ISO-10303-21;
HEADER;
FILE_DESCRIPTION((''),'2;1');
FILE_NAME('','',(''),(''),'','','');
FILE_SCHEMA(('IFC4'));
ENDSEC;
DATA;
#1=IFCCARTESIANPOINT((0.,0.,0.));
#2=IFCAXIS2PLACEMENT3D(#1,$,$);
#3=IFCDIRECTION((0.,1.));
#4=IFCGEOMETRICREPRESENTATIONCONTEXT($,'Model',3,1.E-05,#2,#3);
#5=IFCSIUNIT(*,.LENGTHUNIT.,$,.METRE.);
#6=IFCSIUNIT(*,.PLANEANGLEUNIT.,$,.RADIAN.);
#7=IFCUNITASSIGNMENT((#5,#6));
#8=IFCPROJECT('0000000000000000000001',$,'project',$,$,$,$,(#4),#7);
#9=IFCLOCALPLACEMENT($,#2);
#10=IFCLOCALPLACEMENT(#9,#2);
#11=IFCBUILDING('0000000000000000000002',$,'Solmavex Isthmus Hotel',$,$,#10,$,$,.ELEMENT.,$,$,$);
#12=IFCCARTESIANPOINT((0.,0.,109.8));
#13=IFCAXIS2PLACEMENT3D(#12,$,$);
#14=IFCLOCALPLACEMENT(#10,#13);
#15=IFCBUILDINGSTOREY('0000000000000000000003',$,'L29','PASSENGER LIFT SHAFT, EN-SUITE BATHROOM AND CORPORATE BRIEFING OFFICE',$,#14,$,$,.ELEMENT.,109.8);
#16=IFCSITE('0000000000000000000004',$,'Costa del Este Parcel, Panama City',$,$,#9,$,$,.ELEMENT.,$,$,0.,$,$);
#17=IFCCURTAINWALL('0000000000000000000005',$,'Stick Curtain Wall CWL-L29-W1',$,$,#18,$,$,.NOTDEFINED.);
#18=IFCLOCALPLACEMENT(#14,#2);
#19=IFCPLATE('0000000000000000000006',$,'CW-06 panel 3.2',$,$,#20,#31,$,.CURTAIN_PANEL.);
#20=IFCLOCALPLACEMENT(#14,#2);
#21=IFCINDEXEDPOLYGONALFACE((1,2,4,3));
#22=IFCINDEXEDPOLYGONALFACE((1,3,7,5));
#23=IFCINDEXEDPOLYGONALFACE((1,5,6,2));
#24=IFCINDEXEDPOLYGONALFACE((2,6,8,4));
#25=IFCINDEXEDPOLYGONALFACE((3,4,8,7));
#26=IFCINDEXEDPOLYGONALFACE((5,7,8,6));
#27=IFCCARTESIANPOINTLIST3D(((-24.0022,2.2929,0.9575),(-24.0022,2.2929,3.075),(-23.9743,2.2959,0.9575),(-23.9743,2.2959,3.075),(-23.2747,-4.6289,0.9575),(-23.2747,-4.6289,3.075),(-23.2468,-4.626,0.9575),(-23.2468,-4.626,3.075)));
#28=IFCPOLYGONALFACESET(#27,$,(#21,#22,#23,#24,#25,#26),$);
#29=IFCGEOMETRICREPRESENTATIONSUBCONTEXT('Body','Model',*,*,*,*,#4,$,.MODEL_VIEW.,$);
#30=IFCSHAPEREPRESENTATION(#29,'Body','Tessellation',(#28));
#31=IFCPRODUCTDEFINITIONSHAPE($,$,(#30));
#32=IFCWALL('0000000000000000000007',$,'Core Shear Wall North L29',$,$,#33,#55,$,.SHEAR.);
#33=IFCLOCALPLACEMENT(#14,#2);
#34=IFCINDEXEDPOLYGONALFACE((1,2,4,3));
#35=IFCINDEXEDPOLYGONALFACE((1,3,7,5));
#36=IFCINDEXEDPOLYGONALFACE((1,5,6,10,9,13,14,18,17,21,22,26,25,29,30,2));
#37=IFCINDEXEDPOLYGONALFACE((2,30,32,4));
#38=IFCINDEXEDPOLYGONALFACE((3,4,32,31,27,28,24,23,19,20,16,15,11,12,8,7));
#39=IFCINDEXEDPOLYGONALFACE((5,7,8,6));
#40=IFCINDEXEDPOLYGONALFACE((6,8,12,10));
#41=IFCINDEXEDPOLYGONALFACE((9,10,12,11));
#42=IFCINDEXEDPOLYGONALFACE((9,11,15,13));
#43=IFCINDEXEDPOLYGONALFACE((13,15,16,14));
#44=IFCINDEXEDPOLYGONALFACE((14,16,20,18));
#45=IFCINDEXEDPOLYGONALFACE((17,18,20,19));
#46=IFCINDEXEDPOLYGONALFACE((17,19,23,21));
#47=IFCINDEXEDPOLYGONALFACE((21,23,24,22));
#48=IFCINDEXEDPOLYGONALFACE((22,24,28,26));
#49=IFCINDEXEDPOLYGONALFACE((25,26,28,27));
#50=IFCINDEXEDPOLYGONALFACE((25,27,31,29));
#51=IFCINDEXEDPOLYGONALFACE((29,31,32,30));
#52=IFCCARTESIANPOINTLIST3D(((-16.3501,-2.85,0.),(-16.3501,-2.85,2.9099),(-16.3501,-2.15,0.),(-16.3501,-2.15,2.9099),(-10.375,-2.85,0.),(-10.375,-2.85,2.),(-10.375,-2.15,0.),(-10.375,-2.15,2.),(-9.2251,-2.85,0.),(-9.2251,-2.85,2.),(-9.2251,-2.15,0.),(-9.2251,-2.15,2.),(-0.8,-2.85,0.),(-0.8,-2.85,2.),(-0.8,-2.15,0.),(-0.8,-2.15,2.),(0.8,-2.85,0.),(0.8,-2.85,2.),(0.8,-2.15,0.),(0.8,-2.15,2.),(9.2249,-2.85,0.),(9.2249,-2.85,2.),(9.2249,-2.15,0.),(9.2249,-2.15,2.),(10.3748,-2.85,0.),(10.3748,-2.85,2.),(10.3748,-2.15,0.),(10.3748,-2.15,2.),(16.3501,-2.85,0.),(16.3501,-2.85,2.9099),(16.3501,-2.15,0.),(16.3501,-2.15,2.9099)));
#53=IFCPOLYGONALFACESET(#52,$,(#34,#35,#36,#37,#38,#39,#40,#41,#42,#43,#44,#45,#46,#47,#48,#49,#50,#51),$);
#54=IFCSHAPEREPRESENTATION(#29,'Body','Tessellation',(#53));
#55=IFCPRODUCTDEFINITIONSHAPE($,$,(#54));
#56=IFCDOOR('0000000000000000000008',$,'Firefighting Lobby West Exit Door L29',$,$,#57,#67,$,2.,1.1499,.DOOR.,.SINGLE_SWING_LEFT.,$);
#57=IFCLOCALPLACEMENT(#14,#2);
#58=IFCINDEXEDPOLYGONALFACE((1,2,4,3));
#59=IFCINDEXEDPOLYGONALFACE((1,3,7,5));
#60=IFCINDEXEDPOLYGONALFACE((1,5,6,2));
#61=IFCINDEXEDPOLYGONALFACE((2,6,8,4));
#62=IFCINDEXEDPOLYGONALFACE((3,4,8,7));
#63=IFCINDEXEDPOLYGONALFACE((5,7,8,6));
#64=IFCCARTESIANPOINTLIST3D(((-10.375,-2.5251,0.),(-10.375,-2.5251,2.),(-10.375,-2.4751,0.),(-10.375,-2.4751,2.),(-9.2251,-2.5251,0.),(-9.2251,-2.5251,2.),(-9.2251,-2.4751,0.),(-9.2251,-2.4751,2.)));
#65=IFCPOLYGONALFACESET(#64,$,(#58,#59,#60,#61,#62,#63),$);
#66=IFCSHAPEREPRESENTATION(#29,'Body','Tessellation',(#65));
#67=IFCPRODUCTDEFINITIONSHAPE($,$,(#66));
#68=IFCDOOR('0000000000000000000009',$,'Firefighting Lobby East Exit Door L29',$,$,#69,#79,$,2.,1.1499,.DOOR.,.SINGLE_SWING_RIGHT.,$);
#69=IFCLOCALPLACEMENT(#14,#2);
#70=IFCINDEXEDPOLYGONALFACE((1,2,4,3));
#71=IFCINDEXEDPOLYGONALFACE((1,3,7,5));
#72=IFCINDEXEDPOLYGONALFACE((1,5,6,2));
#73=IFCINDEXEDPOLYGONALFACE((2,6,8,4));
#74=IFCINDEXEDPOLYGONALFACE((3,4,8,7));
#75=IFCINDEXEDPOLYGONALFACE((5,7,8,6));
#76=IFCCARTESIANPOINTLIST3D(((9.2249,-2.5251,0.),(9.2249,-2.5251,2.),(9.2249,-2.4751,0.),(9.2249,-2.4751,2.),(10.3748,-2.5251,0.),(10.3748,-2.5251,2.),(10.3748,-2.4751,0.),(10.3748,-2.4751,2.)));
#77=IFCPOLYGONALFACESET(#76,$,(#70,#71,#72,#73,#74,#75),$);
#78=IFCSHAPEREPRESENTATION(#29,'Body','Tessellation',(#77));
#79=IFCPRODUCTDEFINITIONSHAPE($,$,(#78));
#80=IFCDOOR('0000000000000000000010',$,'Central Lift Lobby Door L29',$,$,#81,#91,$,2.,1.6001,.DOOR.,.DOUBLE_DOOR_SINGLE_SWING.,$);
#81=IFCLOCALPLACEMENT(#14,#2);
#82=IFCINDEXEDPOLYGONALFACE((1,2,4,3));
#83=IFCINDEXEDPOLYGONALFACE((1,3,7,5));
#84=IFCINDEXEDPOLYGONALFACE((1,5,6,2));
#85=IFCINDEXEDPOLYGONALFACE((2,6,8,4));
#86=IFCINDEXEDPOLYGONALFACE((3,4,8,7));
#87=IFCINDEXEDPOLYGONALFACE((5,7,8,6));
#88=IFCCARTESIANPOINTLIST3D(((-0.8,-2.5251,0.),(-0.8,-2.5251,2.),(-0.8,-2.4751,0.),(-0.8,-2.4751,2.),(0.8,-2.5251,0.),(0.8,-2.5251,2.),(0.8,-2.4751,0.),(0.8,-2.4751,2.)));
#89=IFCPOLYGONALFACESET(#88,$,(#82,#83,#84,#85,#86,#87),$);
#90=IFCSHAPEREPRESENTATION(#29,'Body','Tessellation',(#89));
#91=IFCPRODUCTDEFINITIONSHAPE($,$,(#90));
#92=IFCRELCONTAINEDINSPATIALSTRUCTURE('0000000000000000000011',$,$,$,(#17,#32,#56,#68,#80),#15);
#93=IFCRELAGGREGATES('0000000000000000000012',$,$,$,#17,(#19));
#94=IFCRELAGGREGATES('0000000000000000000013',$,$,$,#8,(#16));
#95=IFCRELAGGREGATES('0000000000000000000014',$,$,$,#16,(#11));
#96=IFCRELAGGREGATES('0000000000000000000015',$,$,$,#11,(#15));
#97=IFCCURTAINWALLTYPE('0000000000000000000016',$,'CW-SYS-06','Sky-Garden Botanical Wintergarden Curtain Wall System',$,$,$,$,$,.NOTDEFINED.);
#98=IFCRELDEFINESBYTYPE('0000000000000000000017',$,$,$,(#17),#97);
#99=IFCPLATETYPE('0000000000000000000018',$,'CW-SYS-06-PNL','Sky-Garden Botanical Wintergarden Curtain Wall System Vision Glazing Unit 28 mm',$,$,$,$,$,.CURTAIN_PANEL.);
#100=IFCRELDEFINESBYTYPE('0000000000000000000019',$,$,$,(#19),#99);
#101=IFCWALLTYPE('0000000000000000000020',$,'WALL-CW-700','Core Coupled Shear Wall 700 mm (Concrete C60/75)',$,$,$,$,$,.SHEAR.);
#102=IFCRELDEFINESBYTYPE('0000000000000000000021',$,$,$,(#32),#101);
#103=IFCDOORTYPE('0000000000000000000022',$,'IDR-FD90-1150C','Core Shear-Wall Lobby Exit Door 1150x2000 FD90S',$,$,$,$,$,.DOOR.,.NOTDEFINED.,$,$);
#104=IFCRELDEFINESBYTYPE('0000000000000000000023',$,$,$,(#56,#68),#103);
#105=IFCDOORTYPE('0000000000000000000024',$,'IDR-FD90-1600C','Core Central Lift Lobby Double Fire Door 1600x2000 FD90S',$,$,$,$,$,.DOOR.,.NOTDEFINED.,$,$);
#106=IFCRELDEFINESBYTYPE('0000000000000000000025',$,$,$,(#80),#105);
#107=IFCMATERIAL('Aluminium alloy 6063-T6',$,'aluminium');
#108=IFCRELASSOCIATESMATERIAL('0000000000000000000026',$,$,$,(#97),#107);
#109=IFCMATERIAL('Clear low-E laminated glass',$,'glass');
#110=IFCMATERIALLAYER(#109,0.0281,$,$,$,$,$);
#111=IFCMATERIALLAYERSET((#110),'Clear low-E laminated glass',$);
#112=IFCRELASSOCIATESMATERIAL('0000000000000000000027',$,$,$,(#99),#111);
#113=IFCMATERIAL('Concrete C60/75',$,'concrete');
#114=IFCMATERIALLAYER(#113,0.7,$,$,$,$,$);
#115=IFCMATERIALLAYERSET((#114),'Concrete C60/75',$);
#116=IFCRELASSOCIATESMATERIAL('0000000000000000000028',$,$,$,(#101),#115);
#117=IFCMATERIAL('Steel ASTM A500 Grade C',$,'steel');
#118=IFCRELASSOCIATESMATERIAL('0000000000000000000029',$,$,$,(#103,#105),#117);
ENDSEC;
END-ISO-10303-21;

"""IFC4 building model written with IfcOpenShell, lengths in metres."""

from ifc_helpers import new_model, si_unit, direction, frame, frame_2d, origin, origin_2d, place, context, subcontext, project, spatial, rectangle, extrude, material, layer, layer_set, type_object, element, fill, aggregate, save


model = new_model("IFC4")

# Units and contexts
model_context = context("Model", 3, precision=1e-05, world=origin(), true_north=direction((0.0, 1.0)))
body_context = subcontext(model_context, "Body", "Model", "MODEL_VIEW")
ifc_project = project(units=[si_unit("LENGTHUNIT", "METRE"), si_unit("PLANEANGLEUNIT", "RADIAN")], contexts=[model_context])

# Site, building, storey
site_placement = place(None, origin())
site = spatial("IfcSite", under=ifc_project, at=site_placement, Name="Costa del Este Parcel, Panama City", CompositionType="ELEMENT", RefElevation=0.0)
building_placement = place(site_placement, origin())
building = spatial("IfcBuilding", under=site, at=building_placement, Name="Solmavex Isthmus Hotel", CompositionType="ELEMENT")
storey_placement = place(building_placement, frame((0.0, 0.0, 109.8)))
storey = spatial("IfcBuildingStorey", under=building, at=storey_placement, Name="L29", Description="PASSENGER LIFT SHAFT, EN-SUITE BATHROOM AND CORPORATE BRIEFING OFFICE", CompositionType="ELEMENT", Elevation=109.8)

# Shared definitions
ifc_material_1 = material(Name="Concrete C60/75", Category="concrete")

# Curtain wall, plate
ifc_material_2 = material(Name="Aluminium alloy 6063-T6", Category="aluminium")
curtain_wall_type = type_object("IfcCurtainWallType", Name="CW-SYS-06", Description="Sky-Garden Botanical Wintergarden Curtain Wall System", PredefinedType="NOTDEFINED", material=ifc_material_2)
curtain_wall_placement = place(storey_placement, origin())
curtain_wall = element("IfcCurtainWall", 1, at=curtain_wall_placement, inside=storey, type_object=curtain_wall_type, Name="Stick Curtain Wall CWL-L29-W1", PredefinedType="NOTDEFINED")
ifc_material_3 = material(Name="Clear low-E laminated glass", Category="glass")
ifc_layer_1 = layer(ifc_material_3, 0.0281)
ifc_layer_set_1 = layer_set([ifc_layer_1], Name="Clear low-E laminated glass")
plate_type = type_object("IfcPlateType", Name="CW-SYS-06-PNL", Description="Sky-Garden Botanical Wintergarden Curtain Wall System Vision Glazing Unit 28 mm", PredefinedType="CURTAIN_PANEL", material=ifc_layer_set_1)
plate_1_placement = place(storey_placement, frame((-23.6245, -1.1665, 0.9575), z_axis=(0.0, 0.0, 1.0), x_axis=(-0.104528, 0.994522, 0.0)))
plate_1 = element("IfcPlate", 2, at=plate_1_placement, type_object=plate_type, Name="CW-06 panel 3.2", PredefinedType="CURTAIN_PANEL", context=body_context, shape_type="SweptSolid", body=[
    extrude(rectangle(XDim=6.96, YDim=0.0281, at=origin_2d()), origin(), (0.0, 0.0, 1.0), 2.1174),
])
aggregate(curtain_wall, [plate_1])

# Wall, openings, doors
ifc_layer_2 = layer(ifc_material_1, 0.7)
ifc_layer_set_2 = layer_set([ifc_layer_2], Name="Concrete C60/75")
wall_type_1 = type_object("IfcWallType", Name="WALL-CW-700", Description="Core Coupled Shear Wall 700 mm (Concrete C60/75)", PredefinedType="SHEAR", material=ifc_layer_set_2)
wall_1_placement = place(storey_placement, frame((-16.3501, -2.5, 0.0), z_axis=(0.0, 0.0, 1.0), x_axis=(1.0, 0.0, 0.0)))
wall_1 = element("IfcWall", 3, at=wall_1_placement, inside=storey, type_object=wall_type_1, Name="Core Shear Wall North L29", PredefinedType="SHEAR", context=body_context, shape_type="SweptSolid", body=[
    extrude(rectangle(XDim=32.7002, YDim=0.7, at=frame_2d((16.3501, 0.0))), origin(), (0.0, 0.0, 1.0), 2.9099),
])
opening_1_placement = place(wall_1_placement, frame((5.9751, 0.0, 0.0)))
opening_1 = element("IfcOpeningElement", 4, at=opening_1_placement, cuts=wall_1, PredefinedType="OPENING", context=body_context, shape_type="SweptSolid", body=[
    extrude(rectangle(XDim=1.1499, YDim=2.0, at=frame_2d((0.575, 1.0))), frame((0.0, 0.3599, 0.0), z_axis=(0.0, -1.0, 0.0), x_axis=(1.0, 0.0, 0.0)), (0.0, 0.0, 1.0), 0.72),
])
opening_2_placement = place(wall_1_placement, frame((15.55, 0.0, 0.0)))
opening_2 = element("IfcOpeningElement", 5, at=opening_2_placement, cuts=wall_1, PredefinedType="OPENING", context=body_context, shape_type="SweptSolid", body=[
    extrude(rectangle(XDim=1.6001, YDim=2.0, at=frame_2d((0.8, 1.0))), frame((0.0, 0.3599, 0.0), z_axis=(0.0, -1.0, 0.0), x_axis=(1.0, 0.0, 0.0)), (0.0, 0.0, 1.0), 0.72),
])
opening_3_placement = place(wall_1_placement, frame((25.575, 0.0, 0.0)))
opening_3 = element("IfcOpeningElement", 6, at=opening_3_placement, cuts=wall_1, PredefinedType="OPENING", context=body_context, shape_type="SweptSolid", body=[
    extrude(rectangle(XDim=1.1499, YDim=2.0, at=frame_2d((0.575, 1.0))), frame((0.0, 0.3599, 0.0), z_axis=(0.0, -1.0, 0.0), x_axis=(1.0, 0.0, 0.0)), (0.0, 0.0, 1.0), 0.72),
])
ifc_material_4 = material(Name="Steel ASTM A500 Grade C", Category="steel")
door_type_1 = type_object("IfcDoorType", Name="IDR-FD90-1150C", Description="Core Shear-Wall Lobby Exit Door 1150x2000 FD90S", OperationType="NOTDEFINED", PredefinedType="DOOR", material=ifc_material_4)
door_1_placement = place(opening_1_placement, origin())
door_1 = element("IfcDoor", 7, at=door_1_placement, inside=storey, type_object=door_type_1, Name="Firefighting Lobby West Exit Door L29", OperationType="SINGLE_SWING_LEFT", OverallHeight=2.0, OverallWidth=1.1499, PredefinedType="DOOR", context=body_context, shape_type="SweptSolid", body=[
    extrude(rectangle(XDim=1.1499, YDim=2.0, at=frame_2d((0.575, 1.0))), frame((0.0, 0.0249, 0.0), z_axis=(0.0, -1.0, 0.0), x_axis=(1.0, 0.0, 0.0)), (0.0, 0.0, 1.0), 0.05),
])
fill(opening_1, door_1)
door_2_placement = place(opening_3_placement, origin())
door_2 = element("IfcDoor", 8, at=door_2_placement, inside=storey, type_object=door_type_1, Name="Firefighting Lobby East Exit Door L29", OperationType="SINGLE_SWING_RIGHT", OverallHeight=2.0, OverallWidth=1.1499, PredefinedType="DOOR", context=body_context, shape_type="SweptSolid", body=[
    extrude(rectangle(XDim=1.1499, YDim=2.0, at=frame_2d((0.575, 1.0))), frame((0.0, 0.0249, 0.0), z_axis=(0.0, -1.0, 0.0), x_axis=(1.0, 0.0, 0.0)), (0.0, 0.0, 1.0), 0.05),
])
fill(opening_3, door_2)
door_type_2 = type_object("IfcDoorType", Name="IDR-FD90-1600C", Description="Core Central Lift Lobby Double Fire Door 1600x2000 FD90S", OperationType="NOTDEFINED", PredefinedType="DOOR", material=ifc_material_4)
door_3_placement = place(opening_2_placement, origin())
door_3 = element("IfcDoor", 9, at=door_3_placement, inside=storey, type_object=door_type_2, Name="Central Lift Lobby Door L29", OperationType="DOUBLE_DOOR_SINGLE_SWING", OverallHeight=2.0, OverallWidth=1.6001, PredefinedType="DOOR", context=body_context, shape_type="SweptSolid", body=[
    extrude(rectangle(XDim=1.6001, YDim=2.0, at=frame_2d((0.8, 1.0))), frame((0.0, 0.0249, 0.0), z_axis=(0.0, -1.0, 0.0), x_axis=(1.0, 0.0, 0.0)), (0.0, 0.0, 1.0), 0.05),
])
fill(opening_2, door_3)

save(model, "model.ifc")
